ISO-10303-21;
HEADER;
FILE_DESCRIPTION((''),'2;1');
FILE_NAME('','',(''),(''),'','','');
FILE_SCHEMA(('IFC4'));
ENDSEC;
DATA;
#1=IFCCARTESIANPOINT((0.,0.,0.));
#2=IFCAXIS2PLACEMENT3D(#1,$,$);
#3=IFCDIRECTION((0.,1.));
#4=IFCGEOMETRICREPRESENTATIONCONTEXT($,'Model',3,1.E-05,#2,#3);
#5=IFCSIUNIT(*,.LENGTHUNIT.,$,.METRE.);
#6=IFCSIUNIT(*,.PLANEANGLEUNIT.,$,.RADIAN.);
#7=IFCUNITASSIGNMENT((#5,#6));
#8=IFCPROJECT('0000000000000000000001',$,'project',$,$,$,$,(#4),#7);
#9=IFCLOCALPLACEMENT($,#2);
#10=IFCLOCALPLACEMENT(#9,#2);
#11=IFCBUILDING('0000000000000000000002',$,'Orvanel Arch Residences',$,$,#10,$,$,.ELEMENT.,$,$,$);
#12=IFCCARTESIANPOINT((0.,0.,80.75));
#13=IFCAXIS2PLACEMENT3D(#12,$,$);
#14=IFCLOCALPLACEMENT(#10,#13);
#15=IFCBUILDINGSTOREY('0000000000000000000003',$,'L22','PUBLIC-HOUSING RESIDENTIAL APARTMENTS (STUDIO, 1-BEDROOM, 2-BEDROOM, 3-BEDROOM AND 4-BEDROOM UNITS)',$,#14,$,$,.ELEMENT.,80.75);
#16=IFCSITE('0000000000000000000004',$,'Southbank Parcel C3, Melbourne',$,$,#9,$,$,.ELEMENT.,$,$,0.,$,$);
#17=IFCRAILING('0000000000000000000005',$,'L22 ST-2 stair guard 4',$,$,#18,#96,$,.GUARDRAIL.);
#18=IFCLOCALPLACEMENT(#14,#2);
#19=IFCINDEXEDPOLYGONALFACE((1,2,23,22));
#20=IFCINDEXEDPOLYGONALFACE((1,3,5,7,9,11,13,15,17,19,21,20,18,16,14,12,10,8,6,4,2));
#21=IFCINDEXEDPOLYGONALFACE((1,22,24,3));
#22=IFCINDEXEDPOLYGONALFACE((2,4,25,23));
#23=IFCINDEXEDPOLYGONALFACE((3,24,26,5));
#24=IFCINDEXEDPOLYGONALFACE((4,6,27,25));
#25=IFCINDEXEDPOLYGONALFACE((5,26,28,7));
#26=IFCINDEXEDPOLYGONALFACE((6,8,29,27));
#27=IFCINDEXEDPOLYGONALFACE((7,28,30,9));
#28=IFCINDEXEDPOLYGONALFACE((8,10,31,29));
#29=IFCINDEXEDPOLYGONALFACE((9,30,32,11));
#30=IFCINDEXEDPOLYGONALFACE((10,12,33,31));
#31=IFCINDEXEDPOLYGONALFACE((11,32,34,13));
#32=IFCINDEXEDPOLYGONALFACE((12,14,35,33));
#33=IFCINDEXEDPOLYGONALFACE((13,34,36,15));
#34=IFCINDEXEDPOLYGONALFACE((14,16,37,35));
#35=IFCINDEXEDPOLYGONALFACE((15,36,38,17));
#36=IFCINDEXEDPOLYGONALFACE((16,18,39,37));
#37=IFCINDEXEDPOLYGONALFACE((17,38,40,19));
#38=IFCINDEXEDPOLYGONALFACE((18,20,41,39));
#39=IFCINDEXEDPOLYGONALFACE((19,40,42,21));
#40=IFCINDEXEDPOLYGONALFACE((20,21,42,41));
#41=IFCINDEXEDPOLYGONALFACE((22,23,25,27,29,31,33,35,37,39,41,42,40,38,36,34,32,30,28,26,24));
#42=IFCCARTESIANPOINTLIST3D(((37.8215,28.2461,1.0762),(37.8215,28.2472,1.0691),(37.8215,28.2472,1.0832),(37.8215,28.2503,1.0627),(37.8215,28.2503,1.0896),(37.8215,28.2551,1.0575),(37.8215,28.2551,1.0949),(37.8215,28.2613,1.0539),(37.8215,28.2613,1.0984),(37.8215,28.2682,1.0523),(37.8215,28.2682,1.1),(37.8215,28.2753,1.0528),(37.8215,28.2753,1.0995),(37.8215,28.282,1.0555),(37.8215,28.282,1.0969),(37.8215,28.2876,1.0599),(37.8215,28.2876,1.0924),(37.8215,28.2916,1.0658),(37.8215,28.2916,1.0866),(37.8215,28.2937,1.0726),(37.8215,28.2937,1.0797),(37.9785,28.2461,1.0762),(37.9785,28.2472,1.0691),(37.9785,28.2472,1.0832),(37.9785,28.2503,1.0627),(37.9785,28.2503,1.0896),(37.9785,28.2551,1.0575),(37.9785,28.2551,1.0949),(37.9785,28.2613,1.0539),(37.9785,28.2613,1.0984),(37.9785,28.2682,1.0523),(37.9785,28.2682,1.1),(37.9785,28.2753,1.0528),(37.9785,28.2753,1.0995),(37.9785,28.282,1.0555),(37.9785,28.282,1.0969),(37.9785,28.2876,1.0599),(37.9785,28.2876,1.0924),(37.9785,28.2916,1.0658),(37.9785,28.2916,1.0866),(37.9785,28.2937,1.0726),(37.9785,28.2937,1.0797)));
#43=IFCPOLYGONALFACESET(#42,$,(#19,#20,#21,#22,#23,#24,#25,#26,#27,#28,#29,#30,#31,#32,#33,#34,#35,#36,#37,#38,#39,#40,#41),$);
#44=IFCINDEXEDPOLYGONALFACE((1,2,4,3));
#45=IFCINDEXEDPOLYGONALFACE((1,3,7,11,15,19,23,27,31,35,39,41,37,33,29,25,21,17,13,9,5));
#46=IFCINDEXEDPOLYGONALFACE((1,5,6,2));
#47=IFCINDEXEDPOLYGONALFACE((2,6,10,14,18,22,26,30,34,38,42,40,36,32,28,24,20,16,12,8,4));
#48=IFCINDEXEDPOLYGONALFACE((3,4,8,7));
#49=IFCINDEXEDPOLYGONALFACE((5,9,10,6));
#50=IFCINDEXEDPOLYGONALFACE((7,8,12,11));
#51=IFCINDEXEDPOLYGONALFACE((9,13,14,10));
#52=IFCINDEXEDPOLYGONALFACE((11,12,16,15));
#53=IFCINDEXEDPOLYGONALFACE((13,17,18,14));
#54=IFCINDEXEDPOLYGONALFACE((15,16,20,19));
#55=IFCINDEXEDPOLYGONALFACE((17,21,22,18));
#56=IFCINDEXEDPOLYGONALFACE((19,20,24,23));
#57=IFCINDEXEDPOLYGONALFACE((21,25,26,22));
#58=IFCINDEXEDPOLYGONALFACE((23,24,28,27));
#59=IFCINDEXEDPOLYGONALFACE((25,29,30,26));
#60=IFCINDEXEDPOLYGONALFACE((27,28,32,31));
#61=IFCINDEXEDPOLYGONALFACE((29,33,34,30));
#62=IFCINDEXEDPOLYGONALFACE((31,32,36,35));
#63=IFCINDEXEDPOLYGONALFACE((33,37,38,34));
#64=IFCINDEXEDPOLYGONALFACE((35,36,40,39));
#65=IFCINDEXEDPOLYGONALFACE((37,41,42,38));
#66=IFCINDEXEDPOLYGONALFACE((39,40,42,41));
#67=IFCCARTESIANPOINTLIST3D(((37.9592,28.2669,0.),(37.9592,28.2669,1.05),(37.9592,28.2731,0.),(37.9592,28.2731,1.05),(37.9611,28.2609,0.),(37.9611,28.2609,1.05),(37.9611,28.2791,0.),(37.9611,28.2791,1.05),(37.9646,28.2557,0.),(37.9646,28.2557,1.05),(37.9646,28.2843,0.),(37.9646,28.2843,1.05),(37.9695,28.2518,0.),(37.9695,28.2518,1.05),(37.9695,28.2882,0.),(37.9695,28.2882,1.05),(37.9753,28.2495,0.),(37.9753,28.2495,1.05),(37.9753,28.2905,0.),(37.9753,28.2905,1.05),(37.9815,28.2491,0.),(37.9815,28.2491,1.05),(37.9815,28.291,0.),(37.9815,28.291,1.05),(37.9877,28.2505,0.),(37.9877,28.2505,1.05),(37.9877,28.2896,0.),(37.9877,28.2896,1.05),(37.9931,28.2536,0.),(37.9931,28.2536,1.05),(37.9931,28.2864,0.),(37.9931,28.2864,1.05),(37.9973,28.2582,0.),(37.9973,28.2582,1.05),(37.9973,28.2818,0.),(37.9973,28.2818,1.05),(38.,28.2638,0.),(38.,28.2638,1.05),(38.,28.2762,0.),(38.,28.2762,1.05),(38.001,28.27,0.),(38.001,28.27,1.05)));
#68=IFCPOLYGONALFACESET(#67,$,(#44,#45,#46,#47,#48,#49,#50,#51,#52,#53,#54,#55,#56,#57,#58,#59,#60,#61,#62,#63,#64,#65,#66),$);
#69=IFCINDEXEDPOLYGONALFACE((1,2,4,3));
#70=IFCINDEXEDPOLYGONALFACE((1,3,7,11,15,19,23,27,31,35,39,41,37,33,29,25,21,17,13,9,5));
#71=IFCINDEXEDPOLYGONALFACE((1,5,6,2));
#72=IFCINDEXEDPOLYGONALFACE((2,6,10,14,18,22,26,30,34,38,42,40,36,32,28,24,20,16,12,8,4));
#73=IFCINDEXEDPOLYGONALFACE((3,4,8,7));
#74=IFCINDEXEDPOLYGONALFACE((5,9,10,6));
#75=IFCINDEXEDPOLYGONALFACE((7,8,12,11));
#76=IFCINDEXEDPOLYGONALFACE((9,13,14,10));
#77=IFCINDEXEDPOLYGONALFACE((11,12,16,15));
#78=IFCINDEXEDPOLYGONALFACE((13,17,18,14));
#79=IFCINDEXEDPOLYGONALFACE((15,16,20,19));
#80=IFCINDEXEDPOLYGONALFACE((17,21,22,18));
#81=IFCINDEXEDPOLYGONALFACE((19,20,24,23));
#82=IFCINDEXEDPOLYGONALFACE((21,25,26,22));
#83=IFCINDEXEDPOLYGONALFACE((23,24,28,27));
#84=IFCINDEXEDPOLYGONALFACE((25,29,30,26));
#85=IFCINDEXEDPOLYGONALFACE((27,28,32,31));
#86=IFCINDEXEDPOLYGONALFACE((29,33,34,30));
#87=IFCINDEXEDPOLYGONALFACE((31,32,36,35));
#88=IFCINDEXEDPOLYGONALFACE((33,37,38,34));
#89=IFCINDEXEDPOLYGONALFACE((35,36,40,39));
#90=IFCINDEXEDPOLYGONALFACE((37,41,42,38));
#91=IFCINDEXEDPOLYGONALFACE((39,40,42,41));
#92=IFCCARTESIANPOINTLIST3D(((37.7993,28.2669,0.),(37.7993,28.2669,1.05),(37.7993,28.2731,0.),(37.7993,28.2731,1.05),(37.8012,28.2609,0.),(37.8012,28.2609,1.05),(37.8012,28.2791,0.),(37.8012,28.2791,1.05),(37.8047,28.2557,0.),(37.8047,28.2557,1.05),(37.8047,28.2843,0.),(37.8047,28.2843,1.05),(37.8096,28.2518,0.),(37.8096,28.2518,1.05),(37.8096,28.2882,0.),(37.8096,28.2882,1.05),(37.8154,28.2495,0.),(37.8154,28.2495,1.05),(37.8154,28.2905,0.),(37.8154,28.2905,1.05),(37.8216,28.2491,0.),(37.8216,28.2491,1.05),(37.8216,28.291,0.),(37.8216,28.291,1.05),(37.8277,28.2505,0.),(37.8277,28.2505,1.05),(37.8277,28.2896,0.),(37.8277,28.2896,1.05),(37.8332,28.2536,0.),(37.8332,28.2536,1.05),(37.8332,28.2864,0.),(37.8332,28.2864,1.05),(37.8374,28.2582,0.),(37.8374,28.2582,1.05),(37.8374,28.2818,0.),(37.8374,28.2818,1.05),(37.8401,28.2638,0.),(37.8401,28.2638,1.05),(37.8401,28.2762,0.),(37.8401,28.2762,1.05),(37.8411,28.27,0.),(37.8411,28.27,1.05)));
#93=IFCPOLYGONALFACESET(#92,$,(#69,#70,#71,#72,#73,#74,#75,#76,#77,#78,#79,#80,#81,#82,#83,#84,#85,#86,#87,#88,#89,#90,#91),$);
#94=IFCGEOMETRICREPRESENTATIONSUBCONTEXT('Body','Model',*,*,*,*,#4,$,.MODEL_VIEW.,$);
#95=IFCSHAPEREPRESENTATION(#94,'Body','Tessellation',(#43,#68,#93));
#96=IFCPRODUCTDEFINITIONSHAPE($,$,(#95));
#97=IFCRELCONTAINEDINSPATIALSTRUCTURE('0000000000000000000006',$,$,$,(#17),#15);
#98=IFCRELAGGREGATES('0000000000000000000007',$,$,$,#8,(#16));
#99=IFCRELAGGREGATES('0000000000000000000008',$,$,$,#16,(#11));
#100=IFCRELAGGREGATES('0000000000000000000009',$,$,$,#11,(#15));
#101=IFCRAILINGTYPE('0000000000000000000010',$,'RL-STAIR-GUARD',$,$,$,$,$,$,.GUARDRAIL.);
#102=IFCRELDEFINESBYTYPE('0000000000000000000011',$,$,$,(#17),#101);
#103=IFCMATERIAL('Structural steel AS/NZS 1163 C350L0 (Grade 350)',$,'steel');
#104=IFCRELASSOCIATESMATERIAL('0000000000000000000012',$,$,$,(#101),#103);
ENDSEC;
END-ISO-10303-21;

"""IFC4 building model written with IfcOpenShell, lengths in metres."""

from ifc_helpers import new_model, si_unit, direction, frame, origin, origin_2d, place, context, subcontext, project, spatial, circle, extrude, material, type_object, element, save


model = new_model("IFC4")

# Units and contexts
model_context = context("Model", 3, precision=1e-05, world=origin(), true_north=direction((0.0, 1.0)))
body_context = subcontext(model_context, "Body", "Model", "MODEL_VIEW")
ifc_project = project(units=[si_unit("LENGTHUNIT", "METRE"), si_unit("PLANEANGLEUNIT", "RADIAN")], contexts=[model_context])

# Site, building, storey
site_placement = place(None, origin())
site = spatial("IfcSite", under=ifc_project, at=site_placement, Name="Southbank Parcel C3, Melbourne", CompositionType="ELEMENT", RefElevation=0.0)
building_placement = place(site_placement, origin())
building = spatial("IfcBuilding", under=site, at=building_placement, Name="Orvanel Arch Residences", CompositionType="ELEMENT")
storey_placement = place(building_placement, frame((0.0, 0.0, 80.75)))
storey = spatial("IfcBuildingStorey", under=building, at=storey_placement, Name="L22", Description="PUBLIC-HOUSING RESIDENTIAL APARTMENTS (STUDIO, 1-BEDROOM, 2-BEDROOM, 3-BEDROOM AND 4-BEDROOM UNITS)", CompositionType="ELEMENT", Elevation=80.75)

# Railing
ifc_material_1 = material(Name="Structural steel AS/NZS 1163 C350L0 (Grade 350)", Category="steel")
railing_type_1 = type_object("IfcRailingType", Name="RL-STAIR-GUARD", PredefinedType="GUARDRAIL", material=ifc_material_1)
railing_1_placement = place(storey_placement, frame((37.98, 28.27, 0.0)))
element("IfcRailing", 1, at=railing_1_placement, inside=storey, type_object=railing_type_1, Name="L22 ST-2 stair guard 4", PredefinedType="GUARDRAIL", context=body_context, shape_type="SweptSolid", body=[
    extrude(circle(Radius=0.0239, at=origin_2d()), frame((-0.0015, 0.0, 1.0762), z_axis=(-1.0, 0.0, 0.0), x_axis=(0.0, -1.0, 0.0)), (0.0, 0.0, 1.0), 0.157),
    extrude(circle(Radius=0.021, at=origin_2d()), origin(), (0.0, 0.0, 1.0), 1.05),
    extrude(circle(Radius=0.021, at=origin_2d()), frame((-0.1599, 0.0, 0.0)), (0.0, 0.0, 1.0), 1.05),
])

save(model, "model.ifc")
